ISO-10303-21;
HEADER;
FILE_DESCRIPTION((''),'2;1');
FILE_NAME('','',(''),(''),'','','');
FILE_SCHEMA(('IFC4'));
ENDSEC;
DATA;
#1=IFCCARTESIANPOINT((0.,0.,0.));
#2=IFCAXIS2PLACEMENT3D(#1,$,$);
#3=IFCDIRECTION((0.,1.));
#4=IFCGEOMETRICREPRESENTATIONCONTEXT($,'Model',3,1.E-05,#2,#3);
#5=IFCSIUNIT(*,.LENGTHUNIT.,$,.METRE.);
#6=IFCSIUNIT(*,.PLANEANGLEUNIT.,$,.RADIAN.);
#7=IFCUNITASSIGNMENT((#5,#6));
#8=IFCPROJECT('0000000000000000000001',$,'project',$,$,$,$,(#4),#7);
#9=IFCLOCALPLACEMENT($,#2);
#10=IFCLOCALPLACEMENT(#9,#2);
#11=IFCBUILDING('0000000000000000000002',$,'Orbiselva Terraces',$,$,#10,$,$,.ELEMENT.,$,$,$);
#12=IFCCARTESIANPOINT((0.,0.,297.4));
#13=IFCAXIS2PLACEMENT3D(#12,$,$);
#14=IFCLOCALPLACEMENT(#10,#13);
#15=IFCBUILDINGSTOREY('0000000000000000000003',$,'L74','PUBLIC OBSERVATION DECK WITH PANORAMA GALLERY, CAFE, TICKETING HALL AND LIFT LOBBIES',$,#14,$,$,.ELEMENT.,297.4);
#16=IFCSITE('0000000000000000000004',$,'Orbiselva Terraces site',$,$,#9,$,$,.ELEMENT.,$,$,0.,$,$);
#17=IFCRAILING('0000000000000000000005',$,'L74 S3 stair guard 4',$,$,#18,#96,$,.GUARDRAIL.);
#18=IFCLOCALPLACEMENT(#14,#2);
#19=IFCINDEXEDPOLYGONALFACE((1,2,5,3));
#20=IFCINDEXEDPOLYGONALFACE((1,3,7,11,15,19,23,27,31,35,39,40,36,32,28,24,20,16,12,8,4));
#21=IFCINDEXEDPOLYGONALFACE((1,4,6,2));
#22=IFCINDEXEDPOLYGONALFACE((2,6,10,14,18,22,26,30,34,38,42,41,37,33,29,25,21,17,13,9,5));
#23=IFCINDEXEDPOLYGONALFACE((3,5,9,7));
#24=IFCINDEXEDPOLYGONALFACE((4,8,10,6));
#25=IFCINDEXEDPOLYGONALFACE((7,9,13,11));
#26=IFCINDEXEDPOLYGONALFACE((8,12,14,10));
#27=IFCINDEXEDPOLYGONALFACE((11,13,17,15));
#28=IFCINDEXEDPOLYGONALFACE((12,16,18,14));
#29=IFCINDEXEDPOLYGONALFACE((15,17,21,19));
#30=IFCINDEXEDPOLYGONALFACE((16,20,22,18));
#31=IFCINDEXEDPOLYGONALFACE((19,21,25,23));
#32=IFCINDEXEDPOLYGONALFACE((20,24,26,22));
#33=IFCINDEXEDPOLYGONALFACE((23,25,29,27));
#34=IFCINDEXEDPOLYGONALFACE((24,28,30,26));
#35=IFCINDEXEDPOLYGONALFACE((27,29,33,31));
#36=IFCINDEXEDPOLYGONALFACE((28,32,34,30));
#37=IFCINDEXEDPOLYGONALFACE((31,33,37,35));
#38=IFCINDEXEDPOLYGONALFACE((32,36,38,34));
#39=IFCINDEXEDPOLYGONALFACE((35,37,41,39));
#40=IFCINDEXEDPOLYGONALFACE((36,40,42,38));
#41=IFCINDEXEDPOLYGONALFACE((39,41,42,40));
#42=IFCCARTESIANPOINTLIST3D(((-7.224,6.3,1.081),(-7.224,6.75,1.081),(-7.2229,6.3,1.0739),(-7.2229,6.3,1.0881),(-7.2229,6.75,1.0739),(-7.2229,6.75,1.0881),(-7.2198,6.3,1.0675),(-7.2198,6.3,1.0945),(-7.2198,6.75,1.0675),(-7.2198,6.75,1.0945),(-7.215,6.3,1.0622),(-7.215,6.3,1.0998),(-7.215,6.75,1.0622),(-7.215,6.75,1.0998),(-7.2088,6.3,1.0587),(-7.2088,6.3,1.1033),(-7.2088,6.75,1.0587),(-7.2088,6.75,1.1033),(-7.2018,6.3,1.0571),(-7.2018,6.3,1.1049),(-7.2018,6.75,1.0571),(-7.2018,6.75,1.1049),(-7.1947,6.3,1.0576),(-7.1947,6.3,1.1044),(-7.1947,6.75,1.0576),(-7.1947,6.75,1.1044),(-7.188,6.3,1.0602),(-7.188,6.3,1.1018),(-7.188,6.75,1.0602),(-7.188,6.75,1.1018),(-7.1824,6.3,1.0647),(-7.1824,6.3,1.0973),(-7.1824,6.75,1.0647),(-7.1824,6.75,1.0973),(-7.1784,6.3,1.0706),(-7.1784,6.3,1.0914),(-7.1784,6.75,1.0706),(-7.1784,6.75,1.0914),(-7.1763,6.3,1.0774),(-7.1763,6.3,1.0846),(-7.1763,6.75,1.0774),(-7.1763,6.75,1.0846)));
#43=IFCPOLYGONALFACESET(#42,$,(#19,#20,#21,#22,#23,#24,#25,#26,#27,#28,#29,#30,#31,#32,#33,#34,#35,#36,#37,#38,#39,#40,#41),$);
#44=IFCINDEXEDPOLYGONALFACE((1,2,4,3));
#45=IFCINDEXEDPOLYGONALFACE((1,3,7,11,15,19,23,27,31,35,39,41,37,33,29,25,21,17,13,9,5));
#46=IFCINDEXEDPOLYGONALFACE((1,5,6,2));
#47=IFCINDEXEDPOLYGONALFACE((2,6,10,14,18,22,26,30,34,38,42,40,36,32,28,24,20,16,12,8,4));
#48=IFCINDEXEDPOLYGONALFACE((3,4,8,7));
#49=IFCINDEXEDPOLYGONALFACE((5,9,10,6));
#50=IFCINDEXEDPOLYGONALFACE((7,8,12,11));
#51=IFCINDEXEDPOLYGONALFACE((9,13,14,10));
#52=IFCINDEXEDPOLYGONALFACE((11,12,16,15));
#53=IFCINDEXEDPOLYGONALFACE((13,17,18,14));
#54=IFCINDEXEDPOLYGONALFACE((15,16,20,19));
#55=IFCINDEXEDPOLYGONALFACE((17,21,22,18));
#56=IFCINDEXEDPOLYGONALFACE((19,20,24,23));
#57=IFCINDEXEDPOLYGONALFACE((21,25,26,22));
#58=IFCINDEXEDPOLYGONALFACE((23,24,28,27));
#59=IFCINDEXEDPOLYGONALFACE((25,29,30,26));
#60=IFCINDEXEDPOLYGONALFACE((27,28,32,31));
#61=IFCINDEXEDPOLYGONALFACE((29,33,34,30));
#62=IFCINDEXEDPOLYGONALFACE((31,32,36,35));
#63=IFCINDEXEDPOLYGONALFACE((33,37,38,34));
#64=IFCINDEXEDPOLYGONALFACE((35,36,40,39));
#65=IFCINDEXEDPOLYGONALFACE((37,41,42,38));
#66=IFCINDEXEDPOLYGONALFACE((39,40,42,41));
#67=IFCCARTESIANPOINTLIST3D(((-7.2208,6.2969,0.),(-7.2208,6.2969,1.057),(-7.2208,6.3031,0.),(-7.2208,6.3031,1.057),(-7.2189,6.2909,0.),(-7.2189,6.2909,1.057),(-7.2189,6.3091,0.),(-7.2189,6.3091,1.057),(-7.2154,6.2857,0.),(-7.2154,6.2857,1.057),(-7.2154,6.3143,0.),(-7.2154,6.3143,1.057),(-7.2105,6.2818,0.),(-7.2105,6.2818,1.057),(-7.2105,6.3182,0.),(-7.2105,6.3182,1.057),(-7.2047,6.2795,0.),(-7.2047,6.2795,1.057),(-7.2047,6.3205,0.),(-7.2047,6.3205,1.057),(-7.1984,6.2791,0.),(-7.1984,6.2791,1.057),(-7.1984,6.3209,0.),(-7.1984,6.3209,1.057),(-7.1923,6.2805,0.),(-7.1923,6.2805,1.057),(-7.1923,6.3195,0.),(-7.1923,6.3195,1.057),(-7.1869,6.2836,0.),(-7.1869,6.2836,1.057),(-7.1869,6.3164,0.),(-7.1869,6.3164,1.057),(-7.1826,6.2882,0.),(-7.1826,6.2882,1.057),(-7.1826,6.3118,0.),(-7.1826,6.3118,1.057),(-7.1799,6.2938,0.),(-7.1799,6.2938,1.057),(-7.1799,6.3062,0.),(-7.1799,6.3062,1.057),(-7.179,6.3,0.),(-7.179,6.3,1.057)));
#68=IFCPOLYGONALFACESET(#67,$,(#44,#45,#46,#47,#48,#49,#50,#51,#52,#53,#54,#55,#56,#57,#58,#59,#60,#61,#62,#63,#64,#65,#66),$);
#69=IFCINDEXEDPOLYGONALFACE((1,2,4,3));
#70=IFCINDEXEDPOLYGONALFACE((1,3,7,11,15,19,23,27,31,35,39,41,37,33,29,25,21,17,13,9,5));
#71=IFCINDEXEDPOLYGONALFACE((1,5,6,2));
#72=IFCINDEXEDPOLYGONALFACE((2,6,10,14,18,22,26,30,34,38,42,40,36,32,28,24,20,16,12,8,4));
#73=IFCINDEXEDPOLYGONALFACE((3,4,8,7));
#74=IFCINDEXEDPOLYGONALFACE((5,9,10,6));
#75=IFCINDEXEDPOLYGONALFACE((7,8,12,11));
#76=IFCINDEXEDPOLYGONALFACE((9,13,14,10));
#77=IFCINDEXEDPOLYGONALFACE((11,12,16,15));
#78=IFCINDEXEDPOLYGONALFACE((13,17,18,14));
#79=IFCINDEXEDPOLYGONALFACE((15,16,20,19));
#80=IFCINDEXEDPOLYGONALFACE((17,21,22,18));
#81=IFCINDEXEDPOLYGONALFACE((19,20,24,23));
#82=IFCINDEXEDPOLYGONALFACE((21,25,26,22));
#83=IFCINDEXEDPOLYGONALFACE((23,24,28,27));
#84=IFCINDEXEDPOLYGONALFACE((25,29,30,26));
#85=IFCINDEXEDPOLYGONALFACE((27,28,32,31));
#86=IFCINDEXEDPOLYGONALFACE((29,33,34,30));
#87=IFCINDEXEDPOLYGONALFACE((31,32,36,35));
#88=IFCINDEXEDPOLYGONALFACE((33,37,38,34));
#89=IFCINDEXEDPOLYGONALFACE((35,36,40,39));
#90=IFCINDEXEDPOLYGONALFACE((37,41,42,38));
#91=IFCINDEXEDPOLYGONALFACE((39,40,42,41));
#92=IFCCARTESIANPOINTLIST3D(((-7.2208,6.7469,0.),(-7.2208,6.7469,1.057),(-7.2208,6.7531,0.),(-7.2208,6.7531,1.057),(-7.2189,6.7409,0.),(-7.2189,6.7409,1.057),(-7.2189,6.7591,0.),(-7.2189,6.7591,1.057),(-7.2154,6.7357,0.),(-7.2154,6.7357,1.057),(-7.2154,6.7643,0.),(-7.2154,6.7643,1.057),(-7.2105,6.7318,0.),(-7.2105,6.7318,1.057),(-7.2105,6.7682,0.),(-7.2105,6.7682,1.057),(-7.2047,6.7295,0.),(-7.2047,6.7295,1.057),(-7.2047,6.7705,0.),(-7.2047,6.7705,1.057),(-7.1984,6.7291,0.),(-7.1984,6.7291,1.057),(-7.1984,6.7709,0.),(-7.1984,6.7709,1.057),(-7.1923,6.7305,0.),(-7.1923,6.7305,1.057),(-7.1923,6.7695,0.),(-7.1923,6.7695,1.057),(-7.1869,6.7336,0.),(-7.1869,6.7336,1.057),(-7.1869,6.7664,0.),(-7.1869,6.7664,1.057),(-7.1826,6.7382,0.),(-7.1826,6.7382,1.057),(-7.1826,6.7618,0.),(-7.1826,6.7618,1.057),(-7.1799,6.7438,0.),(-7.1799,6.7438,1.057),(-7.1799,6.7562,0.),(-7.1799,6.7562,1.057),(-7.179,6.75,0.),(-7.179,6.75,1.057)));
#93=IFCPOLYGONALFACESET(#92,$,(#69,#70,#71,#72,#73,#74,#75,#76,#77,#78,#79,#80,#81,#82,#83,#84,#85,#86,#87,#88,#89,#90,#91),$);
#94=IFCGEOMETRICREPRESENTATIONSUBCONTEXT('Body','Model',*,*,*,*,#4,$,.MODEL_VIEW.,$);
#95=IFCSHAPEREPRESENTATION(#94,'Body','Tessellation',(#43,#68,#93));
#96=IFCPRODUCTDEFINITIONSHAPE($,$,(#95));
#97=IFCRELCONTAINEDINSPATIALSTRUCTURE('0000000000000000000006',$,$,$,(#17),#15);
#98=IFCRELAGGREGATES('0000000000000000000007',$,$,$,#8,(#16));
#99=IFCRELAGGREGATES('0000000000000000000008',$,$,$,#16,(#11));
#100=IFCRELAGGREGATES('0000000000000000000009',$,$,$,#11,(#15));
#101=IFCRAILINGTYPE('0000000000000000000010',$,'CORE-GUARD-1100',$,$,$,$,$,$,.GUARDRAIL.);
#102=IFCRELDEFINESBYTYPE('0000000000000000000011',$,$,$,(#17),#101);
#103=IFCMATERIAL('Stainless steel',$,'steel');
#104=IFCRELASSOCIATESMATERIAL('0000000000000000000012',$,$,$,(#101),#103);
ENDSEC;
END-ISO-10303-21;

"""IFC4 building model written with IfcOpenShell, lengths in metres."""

from ifc_helpers import new_model, si_unit, direction, frame, origin, origin_2d, place, context, subcontext, project, spatial, circle, extrude, material, type_object, element, save


model = new_model("IFC4")

# Units and contexts
model_context = context("Model", 3, precision=1e-05, world=origin(), true_north=direction((0.0, 1.0)))
body_context = subcontext(model_context, "Body", "Model", "MODEL_VIEW")
ifc_project = project(units=[si_unit("LENGTHUNIT", "METRE"), si_unit("PLANEANGLEUNIT", "RADIAN")], contexts=[model_context])

# Site, building, storey
site_placement = place(None, origin())
site = spatial("IfcSite", under=ifc_project, at=site_placement, Name="Orbiselva Terraces site", CompositionType="ELEMENT", RefElevation=0.0)
building_placement = place(site_placement, origin())
building = spatial("IfcBuilding", under=site, at=building_placement, Name="Orbiselva Terraces", CompositionType="ELEMENT")
storey_placement = place(building_placement, frame((0.0, 0.0, 297.4)))
storey = spatial("IfcBuildingStorey", under=building, at=storey_placement, Name="L74", Description="PUBLIC OBSERVATION DECK WITH PANORAMA GALLERY, CAFE, TICKETING HALL AND LIFT LOBBIES", CompositionType="ELEMENT", Elevation=297.4)

# Railing
ifc_material_1 = material(Name="Stainless steel", Category="steel")
railing_type_1 = type_object("IfcRailingType", Name="CORE-GUARD-1100", PredefinedType="GUARDRAIL", material=ifc_material_1)
railing_1_placement = place(storey_placement, frame((-7.2, 6.3, 0.0)))
element("IfcRailing", 1, at=railing_1_placement, inside=storey, type_object=railing_type_1, Name="L74 S3 stair guard 4", PredefinedType="GUARDRAIL", context=body_context, shape_type="SweptSolid", body=[
    extrude(circle(Radius=0.024, at=origin_2d()), frame((0.0, 0.0, 1.081), z_axis=(0.0, 1.0, 0.0), x_axis=(-1.0, 0.0, 0.0)), (0.0, 0.0, 1.0), 0.45),
    extrude(circle(Radius=0.021, at=origin_2d()), origin(), (0.0, 0.0, 1.0), 1.057),
    extrude(circle(Radius=0.021, at=origin_2d()), frame((0.0, 0.45, 0.0)), (0.0, 0.0, 1.0), 1.057),
])

save(model, "model.ifc")
